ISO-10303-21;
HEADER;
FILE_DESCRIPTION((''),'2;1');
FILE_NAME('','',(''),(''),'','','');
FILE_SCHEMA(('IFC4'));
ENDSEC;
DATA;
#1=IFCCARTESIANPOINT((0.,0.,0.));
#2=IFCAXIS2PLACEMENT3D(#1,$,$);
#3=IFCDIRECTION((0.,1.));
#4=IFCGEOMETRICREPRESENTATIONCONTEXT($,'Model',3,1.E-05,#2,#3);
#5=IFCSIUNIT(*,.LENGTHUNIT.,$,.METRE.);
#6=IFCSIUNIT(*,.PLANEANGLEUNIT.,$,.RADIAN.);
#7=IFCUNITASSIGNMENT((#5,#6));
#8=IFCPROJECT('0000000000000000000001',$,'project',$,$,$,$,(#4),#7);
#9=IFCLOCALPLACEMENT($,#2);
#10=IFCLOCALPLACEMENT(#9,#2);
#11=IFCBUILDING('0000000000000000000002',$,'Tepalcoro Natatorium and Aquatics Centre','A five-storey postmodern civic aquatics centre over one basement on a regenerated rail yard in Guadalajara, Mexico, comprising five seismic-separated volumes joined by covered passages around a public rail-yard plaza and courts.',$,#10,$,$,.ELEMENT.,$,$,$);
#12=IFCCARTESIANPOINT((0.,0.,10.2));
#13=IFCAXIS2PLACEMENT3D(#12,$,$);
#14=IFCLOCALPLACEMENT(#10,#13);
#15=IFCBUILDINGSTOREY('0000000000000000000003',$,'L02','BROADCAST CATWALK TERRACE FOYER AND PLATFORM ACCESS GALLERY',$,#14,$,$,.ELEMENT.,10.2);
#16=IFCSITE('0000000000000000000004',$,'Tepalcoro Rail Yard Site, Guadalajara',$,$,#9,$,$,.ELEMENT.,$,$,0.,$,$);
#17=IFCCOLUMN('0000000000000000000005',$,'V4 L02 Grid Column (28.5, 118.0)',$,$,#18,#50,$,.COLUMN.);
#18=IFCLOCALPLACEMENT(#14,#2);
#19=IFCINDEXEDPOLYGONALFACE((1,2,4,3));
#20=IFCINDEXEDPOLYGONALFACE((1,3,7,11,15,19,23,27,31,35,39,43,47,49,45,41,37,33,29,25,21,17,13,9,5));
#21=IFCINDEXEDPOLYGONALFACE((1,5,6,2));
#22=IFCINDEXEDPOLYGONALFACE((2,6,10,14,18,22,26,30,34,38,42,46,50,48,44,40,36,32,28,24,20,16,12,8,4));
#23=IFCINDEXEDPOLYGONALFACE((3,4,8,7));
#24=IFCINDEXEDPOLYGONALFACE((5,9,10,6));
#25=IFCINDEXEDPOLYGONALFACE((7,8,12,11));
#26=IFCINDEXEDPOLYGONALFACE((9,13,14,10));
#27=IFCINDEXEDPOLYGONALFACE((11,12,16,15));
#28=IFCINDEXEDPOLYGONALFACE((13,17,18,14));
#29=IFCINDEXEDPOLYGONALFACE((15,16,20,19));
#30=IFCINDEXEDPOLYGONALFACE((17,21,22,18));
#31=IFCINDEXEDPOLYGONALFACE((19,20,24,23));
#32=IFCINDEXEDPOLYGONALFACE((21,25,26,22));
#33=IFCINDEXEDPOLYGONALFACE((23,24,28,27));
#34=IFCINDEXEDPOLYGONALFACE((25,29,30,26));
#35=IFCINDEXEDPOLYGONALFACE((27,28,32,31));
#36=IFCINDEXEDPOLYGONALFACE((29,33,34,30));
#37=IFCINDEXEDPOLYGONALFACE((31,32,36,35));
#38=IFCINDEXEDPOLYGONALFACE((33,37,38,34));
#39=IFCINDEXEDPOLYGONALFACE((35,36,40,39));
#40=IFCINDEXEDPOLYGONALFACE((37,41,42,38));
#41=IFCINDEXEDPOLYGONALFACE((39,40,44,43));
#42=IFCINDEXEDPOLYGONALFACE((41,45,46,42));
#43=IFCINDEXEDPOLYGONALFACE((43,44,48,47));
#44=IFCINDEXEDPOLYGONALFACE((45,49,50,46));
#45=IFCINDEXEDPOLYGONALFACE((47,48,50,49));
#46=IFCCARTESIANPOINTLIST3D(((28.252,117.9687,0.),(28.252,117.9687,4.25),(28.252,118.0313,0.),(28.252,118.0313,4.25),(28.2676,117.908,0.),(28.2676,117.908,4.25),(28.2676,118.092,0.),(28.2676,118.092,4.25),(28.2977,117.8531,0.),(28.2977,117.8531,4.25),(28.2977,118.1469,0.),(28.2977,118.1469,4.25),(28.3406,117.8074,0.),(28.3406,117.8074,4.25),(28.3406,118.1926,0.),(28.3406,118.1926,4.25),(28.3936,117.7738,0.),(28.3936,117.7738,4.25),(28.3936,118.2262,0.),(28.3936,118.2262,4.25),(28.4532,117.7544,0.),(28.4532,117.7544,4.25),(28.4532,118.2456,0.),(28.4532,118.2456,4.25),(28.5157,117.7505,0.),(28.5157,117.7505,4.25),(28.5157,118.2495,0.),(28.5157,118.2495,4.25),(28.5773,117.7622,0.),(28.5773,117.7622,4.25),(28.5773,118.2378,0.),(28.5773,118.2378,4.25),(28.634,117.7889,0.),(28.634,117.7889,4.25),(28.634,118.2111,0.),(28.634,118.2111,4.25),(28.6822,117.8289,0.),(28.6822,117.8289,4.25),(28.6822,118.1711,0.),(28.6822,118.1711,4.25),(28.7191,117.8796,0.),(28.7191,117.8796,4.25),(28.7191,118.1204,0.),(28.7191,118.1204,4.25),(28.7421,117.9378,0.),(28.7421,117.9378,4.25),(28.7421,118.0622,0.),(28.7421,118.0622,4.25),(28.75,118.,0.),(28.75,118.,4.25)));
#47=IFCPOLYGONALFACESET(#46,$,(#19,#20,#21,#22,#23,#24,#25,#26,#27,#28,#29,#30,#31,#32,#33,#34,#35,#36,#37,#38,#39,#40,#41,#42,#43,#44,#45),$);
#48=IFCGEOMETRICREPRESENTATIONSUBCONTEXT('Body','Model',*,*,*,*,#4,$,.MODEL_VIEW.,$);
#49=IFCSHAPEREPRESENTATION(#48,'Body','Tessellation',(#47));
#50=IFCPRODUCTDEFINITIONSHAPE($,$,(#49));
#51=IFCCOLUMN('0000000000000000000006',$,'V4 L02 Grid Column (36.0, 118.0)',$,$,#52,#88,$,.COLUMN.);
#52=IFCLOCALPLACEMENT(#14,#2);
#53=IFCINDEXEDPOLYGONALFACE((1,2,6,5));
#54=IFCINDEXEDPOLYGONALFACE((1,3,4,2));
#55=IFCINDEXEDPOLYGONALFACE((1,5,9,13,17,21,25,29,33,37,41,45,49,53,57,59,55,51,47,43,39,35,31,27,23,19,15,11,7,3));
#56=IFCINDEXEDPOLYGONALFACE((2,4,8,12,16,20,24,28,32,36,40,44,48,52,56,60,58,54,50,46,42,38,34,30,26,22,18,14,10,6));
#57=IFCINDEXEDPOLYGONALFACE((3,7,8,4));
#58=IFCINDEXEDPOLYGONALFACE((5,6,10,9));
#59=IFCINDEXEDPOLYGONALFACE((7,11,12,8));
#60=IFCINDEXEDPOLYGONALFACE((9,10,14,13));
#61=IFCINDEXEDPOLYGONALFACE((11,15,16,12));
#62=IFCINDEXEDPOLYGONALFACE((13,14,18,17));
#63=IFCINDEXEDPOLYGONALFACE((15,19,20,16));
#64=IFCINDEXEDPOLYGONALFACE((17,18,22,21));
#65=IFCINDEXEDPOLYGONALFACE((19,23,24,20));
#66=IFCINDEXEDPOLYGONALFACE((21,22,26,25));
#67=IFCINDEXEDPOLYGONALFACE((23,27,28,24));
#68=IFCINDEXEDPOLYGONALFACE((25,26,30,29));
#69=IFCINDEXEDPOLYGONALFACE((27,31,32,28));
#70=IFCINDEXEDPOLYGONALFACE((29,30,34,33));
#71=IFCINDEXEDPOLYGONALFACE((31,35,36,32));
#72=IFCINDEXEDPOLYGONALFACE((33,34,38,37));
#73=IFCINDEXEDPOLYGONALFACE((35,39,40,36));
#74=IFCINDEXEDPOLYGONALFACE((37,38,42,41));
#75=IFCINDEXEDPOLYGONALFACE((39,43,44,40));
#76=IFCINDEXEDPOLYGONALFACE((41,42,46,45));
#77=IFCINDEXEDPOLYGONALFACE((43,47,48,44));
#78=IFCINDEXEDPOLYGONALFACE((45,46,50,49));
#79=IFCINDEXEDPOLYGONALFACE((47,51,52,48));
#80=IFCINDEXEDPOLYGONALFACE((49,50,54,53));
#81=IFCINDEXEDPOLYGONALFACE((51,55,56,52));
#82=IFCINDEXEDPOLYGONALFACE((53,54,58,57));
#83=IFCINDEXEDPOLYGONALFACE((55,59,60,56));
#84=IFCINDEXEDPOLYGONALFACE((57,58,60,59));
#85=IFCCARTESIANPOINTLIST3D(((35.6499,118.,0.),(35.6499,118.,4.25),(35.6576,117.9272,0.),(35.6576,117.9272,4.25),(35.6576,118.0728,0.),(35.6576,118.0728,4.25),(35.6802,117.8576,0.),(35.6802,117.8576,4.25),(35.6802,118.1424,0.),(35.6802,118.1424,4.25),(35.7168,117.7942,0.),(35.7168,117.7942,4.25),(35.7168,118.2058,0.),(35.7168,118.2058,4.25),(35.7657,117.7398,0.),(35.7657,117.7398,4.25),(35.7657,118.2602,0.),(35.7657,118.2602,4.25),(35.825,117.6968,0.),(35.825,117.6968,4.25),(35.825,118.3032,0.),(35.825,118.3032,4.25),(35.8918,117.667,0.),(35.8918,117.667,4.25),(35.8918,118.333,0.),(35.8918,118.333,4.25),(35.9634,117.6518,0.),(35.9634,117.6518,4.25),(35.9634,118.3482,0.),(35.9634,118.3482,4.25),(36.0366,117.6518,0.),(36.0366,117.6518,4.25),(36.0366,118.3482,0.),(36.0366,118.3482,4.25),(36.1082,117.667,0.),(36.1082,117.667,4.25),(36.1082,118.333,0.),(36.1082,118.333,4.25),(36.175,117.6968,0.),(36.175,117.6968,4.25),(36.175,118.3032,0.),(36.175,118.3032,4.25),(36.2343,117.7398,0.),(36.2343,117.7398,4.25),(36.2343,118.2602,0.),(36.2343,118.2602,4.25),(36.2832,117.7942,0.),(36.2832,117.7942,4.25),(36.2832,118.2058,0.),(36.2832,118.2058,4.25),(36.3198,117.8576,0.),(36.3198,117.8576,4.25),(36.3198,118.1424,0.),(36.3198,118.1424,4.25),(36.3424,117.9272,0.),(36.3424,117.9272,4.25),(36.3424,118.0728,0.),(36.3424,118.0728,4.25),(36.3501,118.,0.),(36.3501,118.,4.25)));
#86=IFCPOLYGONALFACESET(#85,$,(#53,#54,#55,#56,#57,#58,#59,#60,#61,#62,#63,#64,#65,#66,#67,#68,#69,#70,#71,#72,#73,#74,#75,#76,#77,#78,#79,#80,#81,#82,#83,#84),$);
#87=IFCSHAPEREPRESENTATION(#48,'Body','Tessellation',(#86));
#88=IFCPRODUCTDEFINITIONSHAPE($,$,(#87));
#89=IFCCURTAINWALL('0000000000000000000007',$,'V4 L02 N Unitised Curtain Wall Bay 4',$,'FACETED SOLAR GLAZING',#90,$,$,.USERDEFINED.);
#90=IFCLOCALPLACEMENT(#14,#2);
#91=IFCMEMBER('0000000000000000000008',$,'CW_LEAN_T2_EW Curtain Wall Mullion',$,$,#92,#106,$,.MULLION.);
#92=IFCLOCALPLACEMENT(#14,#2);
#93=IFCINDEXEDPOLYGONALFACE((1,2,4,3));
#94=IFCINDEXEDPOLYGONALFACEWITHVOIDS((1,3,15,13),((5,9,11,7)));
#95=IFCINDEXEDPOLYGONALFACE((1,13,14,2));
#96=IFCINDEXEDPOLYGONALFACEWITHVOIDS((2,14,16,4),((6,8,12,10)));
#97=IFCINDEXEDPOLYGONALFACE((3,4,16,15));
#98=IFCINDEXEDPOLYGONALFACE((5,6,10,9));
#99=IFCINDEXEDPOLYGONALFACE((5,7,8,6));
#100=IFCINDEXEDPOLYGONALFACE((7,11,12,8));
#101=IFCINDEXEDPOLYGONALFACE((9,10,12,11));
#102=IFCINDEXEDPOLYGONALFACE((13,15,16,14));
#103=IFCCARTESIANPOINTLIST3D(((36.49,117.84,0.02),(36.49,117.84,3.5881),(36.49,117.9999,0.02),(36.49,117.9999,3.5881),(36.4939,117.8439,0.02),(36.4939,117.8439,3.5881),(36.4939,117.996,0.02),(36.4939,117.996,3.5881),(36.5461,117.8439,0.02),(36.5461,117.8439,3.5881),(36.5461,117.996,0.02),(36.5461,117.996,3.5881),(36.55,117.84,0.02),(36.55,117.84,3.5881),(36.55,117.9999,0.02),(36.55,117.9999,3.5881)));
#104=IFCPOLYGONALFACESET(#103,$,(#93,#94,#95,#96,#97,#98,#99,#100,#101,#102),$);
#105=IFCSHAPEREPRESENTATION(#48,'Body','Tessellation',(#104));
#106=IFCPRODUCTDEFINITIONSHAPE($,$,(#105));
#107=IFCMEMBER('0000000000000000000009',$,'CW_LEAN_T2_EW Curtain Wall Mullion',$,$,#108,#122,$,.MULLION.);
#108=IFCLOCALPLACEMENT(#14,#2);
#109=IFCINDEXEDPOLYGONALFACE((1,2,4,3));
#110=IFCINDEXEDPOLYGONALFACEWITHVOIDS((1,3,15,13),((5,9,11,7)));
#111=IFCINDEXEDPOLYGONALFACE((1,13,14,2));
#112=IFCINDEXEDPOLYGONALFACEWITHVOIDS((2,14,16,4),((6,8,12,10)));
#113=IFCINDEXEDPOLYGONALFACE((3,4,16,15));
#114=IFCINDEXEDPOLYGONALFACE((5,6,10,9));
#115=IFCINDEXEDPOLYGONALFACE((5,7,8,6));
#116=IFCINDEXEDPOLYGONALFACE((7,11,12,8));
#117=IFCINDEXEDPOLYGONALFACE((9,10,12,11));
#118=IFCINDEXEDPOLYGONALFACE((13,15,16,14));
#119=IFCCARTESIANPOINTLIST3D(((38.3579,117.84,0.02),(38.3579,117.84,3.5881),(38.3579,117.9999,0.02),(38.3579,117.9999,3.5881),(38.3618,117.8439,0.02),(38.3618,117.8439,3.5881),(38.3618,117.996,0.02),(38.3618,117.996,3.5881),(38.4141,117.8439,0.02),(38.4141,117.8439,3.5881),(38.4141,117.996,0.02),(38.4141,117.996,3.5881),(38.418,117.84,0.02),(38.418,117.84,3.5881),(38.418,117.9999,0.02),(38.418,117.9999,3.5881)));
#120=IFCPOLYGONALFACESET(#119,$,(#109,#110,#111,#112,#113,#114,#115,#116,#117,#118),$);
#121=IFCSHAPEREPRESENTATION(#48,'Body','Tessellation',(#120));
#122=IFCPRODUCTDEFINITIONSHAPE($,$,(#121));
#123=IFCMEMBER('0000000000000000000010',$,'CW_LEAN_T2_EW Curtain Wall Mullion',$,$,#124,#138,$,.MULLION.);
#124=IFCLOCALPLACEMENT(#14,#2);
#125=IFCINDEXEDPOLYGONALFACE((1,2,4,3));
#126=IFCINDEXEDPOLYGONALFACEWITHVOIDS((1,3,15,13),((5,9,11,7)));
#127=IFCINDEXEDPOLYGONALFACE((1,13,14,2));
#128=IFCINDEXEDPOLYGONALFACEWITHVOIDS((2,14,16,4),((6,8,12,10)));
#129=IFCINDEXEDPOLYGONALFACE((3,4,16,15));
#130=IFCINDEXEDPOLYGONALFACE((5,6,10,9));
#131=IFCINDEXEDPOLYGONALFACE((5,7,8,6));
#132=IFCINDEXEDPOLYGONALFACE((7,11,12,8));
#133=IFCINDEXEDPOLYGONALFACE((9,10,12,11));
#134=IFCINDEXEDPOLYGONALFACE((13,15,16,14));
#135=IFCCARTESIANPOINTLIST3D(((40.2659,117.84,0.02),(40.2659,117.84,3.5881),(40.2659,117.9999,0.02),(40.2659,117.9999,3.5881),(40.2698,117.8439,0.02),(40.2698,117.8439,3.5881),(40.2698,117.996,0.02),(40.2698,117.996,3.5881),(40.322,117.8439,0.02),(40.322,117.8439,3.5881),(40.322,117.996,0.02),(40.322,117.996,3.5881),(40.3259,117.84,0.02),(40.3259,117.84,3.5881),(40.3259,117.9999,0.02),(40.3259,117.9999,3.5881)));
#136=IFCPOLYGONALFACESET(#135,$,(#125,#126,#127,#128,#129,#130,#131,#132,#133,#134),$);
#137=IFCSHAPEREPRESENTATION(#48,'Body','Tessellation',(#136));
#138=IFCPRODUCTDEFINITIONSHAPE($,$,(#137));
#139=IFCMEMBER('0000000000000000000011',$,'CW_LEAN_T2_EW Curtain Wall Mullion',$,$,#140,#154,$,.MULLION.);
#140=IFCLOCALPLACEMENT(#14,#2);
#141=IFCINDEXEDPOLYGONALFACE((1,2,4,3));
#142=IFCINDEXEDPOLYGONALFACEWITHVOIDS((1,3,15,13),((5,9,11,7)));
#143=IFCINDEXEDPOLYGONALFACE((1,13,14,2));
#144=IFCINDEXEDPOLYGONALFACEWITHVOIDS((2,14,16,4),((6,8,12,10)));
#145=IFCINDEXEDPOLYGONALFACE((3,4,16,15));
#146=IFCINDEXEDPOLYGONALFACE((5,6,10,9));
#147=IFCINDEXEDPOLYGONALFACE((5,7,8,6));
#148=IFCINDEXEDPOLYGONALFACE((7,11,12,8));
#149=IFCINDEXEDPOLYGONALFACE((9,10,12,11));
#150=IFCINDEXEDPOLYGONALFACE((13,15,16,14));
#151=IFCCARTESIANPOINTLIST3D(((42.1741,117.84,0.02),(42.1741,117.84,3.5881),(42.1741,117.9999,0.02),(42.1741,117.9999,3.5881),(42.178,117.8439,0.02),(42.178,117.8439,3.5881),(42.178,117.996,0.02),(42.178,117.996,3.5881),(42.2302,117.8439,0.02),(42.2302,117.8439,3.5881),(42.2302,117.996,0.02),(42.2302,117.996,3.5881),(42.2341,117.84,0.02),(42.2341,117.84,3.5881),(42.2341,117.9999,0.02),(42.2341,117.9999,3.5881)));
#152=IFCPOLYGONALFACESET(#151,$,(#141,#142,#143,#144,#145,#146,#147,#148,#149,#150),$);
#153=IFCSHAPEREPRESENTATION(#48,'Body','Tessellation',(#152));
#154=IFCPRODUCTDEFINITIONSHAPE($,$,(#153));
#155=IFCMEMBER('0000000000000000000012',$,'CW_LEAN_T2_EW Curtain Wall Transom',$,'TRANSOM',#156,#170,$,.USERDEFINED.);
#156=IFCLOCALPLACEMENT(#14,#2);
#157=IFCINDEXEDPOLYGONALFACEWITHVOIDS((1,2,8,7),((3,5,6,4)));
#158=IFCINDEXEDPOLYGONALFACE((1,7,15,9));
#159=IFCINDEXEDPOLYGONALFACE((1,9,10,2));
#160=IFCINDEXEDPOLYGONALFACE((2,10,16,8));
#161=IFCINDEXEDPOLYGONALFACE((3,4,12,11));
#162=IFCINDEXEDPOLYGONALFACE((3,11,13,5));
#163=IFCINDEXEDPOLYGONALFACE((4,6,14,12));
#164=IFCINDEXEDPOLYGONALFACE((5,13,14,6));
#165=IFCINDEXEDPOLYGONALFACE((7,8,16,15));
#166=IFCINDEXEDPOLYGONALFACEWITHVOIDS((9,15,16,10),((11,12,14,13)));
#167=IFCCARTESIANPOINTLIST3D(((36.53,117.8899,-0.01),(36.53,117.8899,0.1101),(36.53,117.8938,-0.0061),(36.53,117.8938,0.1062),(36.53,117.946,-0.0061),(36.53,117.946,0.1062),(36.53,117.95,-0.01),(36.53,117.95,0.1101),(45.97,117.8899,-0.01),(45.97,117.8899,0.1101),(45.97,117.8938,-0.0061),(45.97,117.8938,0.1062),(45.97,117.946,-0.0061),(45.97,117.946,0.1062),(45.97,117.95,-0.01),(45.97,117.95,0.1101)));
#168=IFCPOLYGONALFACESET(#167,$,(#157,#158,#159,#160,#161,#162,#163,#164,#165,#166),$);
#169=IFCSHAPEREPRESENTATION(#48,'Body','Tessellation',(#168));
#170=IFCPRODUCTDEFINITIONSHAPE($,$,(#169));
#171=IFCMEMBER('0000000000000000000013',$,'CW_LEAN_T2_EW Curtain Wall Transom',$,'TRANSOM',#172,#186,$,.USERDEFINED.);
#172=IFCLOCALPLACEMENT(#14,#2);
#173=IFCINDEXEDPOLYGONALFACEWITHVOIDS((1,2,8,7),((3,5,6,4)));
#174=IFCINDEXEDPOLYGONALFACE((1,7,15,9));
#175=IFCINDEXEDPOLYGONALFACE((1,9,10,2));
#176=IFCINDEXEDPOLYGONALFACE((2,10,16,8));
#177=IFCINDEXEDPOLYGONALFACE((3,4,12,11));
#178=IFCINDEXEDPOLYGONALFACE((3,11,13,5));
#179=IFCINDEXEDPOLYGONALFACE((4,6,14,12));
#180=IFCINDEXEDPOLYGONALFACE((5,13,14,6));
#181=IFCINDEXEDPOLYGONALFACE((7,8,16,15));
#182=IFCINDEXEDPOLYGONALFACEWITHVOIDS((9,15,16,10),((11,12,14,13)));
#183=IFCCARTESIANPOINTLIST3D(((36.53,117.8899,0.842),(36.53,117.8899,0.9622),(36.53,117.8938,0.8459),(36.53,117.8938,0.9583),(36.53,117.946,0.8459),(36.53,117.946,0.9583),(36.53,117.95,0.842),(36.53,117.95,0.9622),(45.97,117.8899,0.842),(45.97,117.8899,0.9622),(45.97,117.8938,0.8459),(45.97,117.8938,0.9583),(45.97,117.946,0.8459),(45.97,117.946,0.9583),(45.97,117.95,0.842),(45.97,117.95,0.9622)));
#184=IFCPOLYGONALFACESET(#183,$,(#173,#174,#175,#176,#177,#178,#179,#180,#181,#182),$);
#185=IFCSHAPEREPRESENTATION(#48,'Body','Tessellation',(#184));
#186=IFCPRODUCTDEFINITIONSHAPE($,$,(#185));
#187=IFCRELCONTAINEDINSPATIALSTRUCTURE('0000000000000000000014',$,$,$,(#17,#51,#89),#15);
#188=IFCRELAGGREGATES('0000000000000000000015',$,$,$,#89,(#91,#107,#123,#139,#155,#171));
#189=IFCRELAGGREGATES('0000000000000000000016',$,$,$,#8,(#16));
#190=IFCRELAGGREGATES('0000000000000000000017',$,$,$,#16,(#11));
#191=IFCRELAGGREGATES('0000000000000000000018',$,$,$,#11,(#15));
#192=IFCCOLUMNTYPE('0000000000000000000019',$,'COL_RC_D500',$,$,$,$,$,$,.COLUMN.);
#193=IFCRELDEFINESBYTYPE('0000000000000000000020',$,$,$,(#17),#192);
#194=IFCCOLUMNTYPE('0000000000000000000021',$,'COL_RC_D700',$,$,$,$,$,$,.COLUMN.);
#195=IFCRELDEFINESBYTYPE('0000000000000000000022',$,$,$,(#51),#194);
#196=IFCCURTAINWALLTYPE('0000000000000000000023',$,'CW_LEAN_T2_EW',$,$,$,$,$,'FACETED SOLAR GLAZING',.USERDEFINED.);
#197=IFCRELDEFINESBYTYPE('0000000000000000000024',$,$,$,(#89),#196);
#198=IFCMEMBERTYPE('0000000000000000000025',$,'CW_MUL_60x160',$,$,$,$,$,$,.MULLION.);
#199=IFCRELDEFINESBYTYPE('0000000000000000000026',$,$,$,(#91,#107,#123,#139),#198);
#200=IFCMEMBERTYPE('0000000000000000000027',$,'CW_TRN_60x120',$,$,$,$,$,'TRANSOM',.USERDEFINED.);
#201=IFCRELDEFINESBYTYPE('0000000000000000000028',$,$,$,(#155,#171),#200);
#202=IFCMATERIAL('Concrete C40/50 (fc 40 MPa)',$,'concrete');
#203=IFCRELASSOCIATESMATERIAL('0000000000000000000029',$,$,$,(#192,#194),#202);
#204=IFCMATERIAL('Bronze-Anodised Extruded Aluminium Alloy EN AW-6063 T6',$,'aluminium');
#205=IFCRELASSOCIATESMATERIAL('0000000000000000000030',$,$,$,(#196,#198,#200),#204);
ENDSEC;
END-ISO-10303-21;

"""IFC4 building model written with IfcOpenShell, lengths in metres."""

from ifc_helpers import new_model, si_unit, direction, frame, origin, origin_2d, place, context, subcontext, project, spatial, hollow_rectangle, circle, extrude, material, material_profile, profile_set, type_object, element, aggregate, save


model = new_model("IFC4")

# Units and contexts
model_context = context("Model", 3, precision=1e-05, world=origin(), true_north=direction((0.0, 1.0)))
body_context = subcontext(model_context, "Body", "Model", "MODEL_VIEW")
ifc_project = project(units=[si_unit("LENGTHUNIT", "METRE"), si_unit("PLANEANGLEUNIT", "RADIAN")], contexts=[model_context])

# Site, building, storey
site_placement = place(None, origin())
site = spatial("IfcSite", under=ifc_project, at=site_placement, Name="Tepalcoro Rail Yard Site, Guadalajara", CompositionType="ELEMENT", RefElevation=0.0)
building_placement = place(site_placement, origin())
building = spatial("IfcBuilding", under=site, at=building_placement, Name="Tepalcoro Natatorium and Aquatics Centre", Description="A five-storey postmodern civic aquatics centre over one basement on a regenerated rail yard in Guadalajara, Mexico, comprising five seismic-separated volumes joined by covered passages around a public rail-yard plaza and courts.", CompositionType="ELEMENT")
storey_placement = place(building_placement, frame((0.0, 0.0, 10.2)))
storey = spatial("IfcBuildingStorey", under=building, at=storey_placement, Name="L02", Description="BROADCAST CATWALK TERRACE FOYER AND PLATFORM ACCESS GALLERY", CompositionType="ELEMENT", Elevation=10.2)

# Columns
ifc_material_1 = material(Name="Concrete C40/50 (fc 40 MPa)", Category="concrete")
ifc_material_profile_1 = material_profile(ifc_material_1, circle(Radius=0.25, at=origin_2d()), Name="RCD500")
ifc_profile_set_1 = profile_set([ifc_material_profile_1], Name="Concrete C40/50 (fc 40 MPa)")
column_type_1 = type_object("IfcColumnType", Name="COL_RC_D500", PredefinedType="COLUMN", material=ifc_profile_set_1)
column_1_placement = place(storey_placement, frame((28.5, 118.0, 0.0), z_axis=(0.0, 0.0, 1.0), x_axis=(1.0, 0.0, 0.0)))
element("IfcColumn", 1, at=column_1_placement, inside=storey, type_object=column_type_1, Name="V4 L02 Grid Column (28.5, 118.0)", PredefinedType="COLUMN", context=body_context, shape_type="SweptSolid", body=[
    extrude(circle(Radius=0.25, at=origin_2d()), origin(), (0.0, 0.0, 1.0), 4.25),
])
ifc_material_profile_2 = material_profile(ifc_material_1, circle(Radius=0.3501, at=origin_2d()), Name="RCD700")
ifc_profile_set_2 = profile_set([ifc_material_profile_2], Name="Concrete C40/50 (fc 40 MPa)")
column_type_2 = type_object("IfcColumnType", Name="COL_RC_D700", PredefinedType="COLUMN", material=ifc_profile_set_2)
column_2_placement = place(storey_placement, frame((36.0, 118.0, 0.0), z_axis=(0.0, 0.0, 1.0), x_axis=(1.0, 0.0, 0.0)))
element("IfcColumn", 2, at=column_2_placement, inside=storey, type_object=column_type_2, Name="V4 L02 Grid Column (36.0, 118.0)", PredefinedType="COLUMN", context=body_context, shape_type="SweptSolid", body=[
    extrude(circle(Radius=0.3501, at=origin_2d()), origin(), (0.0, 0.0, 1.0), 4.25),
])

# Curtain wall, members
ifc_material_2 = material(Name="Bronze-Anodised Extruded Aluminium Alloy EN AW-6063 T6", Category="aluminium")
curtain_wall_type = type_object("IfcCurtainWallType", Name="CW_LEAN_T2_EW", ElementType="FACETED SOLAR GLAZING", PredefinedType="USERDEFINED", material=ifc_material_2)
curtain_wall_placement = place(storey_placement, origin())
curtain_wall = element("IfcCurtainWall", 3, at=curtain_wall_placement, inside=storey, type_object=curtain_wall_type, Name="V4 L02 N Unitised Curtain Wall Bay 4", ObjectType="FACETED SOLAR GLAZING", PredefinedType="USERDEFINED")
ifc_material_profile_3 = material_profile(ifc_material_2, hollow_rectangle(XDim=0.0601, YDim=0.1599, WallThickness=0.0039, at=origin_2d()), Name="AL60X160X4")
ifc_profile_set_3 = profile_set([ifc_material_profile_3], Name="Bronze-Anodised Extruded Aluminium Alloy EN AW-6063 T6")
member_type_1 = type_object("IfcMemberType", Name="CW_MUL_60x160", PredefinedType="MULLION", material=ifc_profile_set_3)
member_1_placement = place(storey_placement, frame((36.52, 117.9199, 0.02), z_axis=(0.0, 0.0, 1.0), x_axis=(1.0, 0.0, 0.0)))
member_1 = element("IfcMember", 4, at=member_1_placement, type_object=member_type_1, Name="CW_LEAN_T2_EW Curtain Wall Mullion", PredefinedType="MULLION", context=body_context, shape_type="SweptSolid", body=[
    extrude(hollow_rectangle(XDim=0.0601, YDim=0.1599, WallThickness=0.0039, at=origin_2d()), origin(), (0.0, 0.0, 1.0), 3.5681),
])
member_2_placement = place(storey_placement, frame((38.3879, 117.9199, 0.02), z_axis=(0.0, 0.0, 1.0), x_axis=(1.0, 0.0, 0.0)))
member_2 = element("IfcMember", 5, at=member_2_placement, type_object=member_type_1, Name="CW_LEAN_T2_EW Curtain Wall Mullion", PredefinedType="MULLION", context=body_context, shape_type="SweptSolid", body=[
    extrude(hollow_rectangle(XDim=0.0601, YDim=0.1599, WallThickness=0.0039, at=origin_2d()), origin(), (0.0, 0.0, 1.0), 3.5681),
])
member_3_placement = place(storey_placement, frame((40.2959, 117.9199, 0.02), z_axis=(0.0, 0.0, 1.0), x_axis=(1.0, 0.0, 0.0)))
member_3 = element("IfcMember", 6, at=member_3_placement, type_object=member_type_1, Name="CW_LEAN_T2_EW Curtain Wall Mullion", PredefinedType="MULLION", context=body_context, shape_type="SweptSolid", body=[
    extrude(hollow_rectangle(XDim=0.0601, YDim=0.1599, WallThickness=0.0039, at=origin_2d()), origin(), (0.0, 0.0, 1.0), 3.5681),
])
member_4_placement = place(storey_placement, frame((42.2041, 117.9199, 0.02), z_axis=(0.0, 0.0, 1.0), x_axis=(1.0, 0.0, 0.0)))
member_4 = element("IfcMember", 7, at=member_4_placement, type_object=member_type_1, Name="CW_LEAN_T2_EW Curtain Wall Mullion", PredefinedType="MULLION", context=body_context, shape_type="SweptSolid", body=[
    extrude(hollow_rectangle(XDim=0.0601, YDim=0.1599, WallThickness=0.0039, at=origin_2d()), origin(), (0.0, 0.0, 1.0), 3.5681),
])
ifc_material_profile_4 = material_profile(ifc_material_2, hollow_rectangle(XDim=0.0601, YDim=0.1201, WallThickness=0.0039, at=origin_2d()), Name="AL60X120X4")
ifc_profile_set_4 = profile_set([ifc_material_profile_4], Name="Bronze-Anodised Extruded Aluminium Alloy EN AW-6063 T6")
member_type_2 = type_object("IfcMemberType", Name="CW_TRN_60x120", ElementType="TRANSOM", PredefinedType="USERDEFINED", material=ifc_profile_set_4)
member_5_placement = place(storey_placement, frame((36.53, 117.9199, 0.05), z_axis=(1.0, 0.0, 0.0), x_axis=(0.0, 1.0, 0.0)))
member_5 = element("IfcMember", 8, at=member_5_placement, type_object=member_type_2, Name="CW_LEAN_T2_EW Curtain Wall Transom", ObjectType="TRANSOM", PredefinedType="USERDEFINED", context=body_context, shape_type="SweptSolid", body=[
    extrude(hollow_rectangle(XDim=0.0601, YDim=0.1201, WallThickness=0.0039, at=origin_2d()), origin(), (0.0, 0.0, 1.0), 9.4399),
])
member_6_placement = place(storey_placement, frame((36.53, 117.9199, 0.9021), z_axis=(1.0, 0.0, 0.0), x_axis=(0.0, 1.0, 0.0)))
member_6 = element("IfcMember", 9, at=member_6_placement, type_object=member_type_2, Name="CW_LEAN_T2_EW Curtain Wall Transom", ObjectType="TRANSOM", PredefinedType="USERDEFINED", context=body_context, shape_type="SweptSolid", body=[
    extrude(hollow_rectangle(XDim=0.0601, YDim=0.1201, WallThickness=0.0039, at=origin_2d()), origin(), (0.0, 0.0, 1.0), 9.4399),
])

aggregate(curtain_wall, [member_1, member_2, member_3, member_4, member_5, member_6])

save(model, "model.ifc")
